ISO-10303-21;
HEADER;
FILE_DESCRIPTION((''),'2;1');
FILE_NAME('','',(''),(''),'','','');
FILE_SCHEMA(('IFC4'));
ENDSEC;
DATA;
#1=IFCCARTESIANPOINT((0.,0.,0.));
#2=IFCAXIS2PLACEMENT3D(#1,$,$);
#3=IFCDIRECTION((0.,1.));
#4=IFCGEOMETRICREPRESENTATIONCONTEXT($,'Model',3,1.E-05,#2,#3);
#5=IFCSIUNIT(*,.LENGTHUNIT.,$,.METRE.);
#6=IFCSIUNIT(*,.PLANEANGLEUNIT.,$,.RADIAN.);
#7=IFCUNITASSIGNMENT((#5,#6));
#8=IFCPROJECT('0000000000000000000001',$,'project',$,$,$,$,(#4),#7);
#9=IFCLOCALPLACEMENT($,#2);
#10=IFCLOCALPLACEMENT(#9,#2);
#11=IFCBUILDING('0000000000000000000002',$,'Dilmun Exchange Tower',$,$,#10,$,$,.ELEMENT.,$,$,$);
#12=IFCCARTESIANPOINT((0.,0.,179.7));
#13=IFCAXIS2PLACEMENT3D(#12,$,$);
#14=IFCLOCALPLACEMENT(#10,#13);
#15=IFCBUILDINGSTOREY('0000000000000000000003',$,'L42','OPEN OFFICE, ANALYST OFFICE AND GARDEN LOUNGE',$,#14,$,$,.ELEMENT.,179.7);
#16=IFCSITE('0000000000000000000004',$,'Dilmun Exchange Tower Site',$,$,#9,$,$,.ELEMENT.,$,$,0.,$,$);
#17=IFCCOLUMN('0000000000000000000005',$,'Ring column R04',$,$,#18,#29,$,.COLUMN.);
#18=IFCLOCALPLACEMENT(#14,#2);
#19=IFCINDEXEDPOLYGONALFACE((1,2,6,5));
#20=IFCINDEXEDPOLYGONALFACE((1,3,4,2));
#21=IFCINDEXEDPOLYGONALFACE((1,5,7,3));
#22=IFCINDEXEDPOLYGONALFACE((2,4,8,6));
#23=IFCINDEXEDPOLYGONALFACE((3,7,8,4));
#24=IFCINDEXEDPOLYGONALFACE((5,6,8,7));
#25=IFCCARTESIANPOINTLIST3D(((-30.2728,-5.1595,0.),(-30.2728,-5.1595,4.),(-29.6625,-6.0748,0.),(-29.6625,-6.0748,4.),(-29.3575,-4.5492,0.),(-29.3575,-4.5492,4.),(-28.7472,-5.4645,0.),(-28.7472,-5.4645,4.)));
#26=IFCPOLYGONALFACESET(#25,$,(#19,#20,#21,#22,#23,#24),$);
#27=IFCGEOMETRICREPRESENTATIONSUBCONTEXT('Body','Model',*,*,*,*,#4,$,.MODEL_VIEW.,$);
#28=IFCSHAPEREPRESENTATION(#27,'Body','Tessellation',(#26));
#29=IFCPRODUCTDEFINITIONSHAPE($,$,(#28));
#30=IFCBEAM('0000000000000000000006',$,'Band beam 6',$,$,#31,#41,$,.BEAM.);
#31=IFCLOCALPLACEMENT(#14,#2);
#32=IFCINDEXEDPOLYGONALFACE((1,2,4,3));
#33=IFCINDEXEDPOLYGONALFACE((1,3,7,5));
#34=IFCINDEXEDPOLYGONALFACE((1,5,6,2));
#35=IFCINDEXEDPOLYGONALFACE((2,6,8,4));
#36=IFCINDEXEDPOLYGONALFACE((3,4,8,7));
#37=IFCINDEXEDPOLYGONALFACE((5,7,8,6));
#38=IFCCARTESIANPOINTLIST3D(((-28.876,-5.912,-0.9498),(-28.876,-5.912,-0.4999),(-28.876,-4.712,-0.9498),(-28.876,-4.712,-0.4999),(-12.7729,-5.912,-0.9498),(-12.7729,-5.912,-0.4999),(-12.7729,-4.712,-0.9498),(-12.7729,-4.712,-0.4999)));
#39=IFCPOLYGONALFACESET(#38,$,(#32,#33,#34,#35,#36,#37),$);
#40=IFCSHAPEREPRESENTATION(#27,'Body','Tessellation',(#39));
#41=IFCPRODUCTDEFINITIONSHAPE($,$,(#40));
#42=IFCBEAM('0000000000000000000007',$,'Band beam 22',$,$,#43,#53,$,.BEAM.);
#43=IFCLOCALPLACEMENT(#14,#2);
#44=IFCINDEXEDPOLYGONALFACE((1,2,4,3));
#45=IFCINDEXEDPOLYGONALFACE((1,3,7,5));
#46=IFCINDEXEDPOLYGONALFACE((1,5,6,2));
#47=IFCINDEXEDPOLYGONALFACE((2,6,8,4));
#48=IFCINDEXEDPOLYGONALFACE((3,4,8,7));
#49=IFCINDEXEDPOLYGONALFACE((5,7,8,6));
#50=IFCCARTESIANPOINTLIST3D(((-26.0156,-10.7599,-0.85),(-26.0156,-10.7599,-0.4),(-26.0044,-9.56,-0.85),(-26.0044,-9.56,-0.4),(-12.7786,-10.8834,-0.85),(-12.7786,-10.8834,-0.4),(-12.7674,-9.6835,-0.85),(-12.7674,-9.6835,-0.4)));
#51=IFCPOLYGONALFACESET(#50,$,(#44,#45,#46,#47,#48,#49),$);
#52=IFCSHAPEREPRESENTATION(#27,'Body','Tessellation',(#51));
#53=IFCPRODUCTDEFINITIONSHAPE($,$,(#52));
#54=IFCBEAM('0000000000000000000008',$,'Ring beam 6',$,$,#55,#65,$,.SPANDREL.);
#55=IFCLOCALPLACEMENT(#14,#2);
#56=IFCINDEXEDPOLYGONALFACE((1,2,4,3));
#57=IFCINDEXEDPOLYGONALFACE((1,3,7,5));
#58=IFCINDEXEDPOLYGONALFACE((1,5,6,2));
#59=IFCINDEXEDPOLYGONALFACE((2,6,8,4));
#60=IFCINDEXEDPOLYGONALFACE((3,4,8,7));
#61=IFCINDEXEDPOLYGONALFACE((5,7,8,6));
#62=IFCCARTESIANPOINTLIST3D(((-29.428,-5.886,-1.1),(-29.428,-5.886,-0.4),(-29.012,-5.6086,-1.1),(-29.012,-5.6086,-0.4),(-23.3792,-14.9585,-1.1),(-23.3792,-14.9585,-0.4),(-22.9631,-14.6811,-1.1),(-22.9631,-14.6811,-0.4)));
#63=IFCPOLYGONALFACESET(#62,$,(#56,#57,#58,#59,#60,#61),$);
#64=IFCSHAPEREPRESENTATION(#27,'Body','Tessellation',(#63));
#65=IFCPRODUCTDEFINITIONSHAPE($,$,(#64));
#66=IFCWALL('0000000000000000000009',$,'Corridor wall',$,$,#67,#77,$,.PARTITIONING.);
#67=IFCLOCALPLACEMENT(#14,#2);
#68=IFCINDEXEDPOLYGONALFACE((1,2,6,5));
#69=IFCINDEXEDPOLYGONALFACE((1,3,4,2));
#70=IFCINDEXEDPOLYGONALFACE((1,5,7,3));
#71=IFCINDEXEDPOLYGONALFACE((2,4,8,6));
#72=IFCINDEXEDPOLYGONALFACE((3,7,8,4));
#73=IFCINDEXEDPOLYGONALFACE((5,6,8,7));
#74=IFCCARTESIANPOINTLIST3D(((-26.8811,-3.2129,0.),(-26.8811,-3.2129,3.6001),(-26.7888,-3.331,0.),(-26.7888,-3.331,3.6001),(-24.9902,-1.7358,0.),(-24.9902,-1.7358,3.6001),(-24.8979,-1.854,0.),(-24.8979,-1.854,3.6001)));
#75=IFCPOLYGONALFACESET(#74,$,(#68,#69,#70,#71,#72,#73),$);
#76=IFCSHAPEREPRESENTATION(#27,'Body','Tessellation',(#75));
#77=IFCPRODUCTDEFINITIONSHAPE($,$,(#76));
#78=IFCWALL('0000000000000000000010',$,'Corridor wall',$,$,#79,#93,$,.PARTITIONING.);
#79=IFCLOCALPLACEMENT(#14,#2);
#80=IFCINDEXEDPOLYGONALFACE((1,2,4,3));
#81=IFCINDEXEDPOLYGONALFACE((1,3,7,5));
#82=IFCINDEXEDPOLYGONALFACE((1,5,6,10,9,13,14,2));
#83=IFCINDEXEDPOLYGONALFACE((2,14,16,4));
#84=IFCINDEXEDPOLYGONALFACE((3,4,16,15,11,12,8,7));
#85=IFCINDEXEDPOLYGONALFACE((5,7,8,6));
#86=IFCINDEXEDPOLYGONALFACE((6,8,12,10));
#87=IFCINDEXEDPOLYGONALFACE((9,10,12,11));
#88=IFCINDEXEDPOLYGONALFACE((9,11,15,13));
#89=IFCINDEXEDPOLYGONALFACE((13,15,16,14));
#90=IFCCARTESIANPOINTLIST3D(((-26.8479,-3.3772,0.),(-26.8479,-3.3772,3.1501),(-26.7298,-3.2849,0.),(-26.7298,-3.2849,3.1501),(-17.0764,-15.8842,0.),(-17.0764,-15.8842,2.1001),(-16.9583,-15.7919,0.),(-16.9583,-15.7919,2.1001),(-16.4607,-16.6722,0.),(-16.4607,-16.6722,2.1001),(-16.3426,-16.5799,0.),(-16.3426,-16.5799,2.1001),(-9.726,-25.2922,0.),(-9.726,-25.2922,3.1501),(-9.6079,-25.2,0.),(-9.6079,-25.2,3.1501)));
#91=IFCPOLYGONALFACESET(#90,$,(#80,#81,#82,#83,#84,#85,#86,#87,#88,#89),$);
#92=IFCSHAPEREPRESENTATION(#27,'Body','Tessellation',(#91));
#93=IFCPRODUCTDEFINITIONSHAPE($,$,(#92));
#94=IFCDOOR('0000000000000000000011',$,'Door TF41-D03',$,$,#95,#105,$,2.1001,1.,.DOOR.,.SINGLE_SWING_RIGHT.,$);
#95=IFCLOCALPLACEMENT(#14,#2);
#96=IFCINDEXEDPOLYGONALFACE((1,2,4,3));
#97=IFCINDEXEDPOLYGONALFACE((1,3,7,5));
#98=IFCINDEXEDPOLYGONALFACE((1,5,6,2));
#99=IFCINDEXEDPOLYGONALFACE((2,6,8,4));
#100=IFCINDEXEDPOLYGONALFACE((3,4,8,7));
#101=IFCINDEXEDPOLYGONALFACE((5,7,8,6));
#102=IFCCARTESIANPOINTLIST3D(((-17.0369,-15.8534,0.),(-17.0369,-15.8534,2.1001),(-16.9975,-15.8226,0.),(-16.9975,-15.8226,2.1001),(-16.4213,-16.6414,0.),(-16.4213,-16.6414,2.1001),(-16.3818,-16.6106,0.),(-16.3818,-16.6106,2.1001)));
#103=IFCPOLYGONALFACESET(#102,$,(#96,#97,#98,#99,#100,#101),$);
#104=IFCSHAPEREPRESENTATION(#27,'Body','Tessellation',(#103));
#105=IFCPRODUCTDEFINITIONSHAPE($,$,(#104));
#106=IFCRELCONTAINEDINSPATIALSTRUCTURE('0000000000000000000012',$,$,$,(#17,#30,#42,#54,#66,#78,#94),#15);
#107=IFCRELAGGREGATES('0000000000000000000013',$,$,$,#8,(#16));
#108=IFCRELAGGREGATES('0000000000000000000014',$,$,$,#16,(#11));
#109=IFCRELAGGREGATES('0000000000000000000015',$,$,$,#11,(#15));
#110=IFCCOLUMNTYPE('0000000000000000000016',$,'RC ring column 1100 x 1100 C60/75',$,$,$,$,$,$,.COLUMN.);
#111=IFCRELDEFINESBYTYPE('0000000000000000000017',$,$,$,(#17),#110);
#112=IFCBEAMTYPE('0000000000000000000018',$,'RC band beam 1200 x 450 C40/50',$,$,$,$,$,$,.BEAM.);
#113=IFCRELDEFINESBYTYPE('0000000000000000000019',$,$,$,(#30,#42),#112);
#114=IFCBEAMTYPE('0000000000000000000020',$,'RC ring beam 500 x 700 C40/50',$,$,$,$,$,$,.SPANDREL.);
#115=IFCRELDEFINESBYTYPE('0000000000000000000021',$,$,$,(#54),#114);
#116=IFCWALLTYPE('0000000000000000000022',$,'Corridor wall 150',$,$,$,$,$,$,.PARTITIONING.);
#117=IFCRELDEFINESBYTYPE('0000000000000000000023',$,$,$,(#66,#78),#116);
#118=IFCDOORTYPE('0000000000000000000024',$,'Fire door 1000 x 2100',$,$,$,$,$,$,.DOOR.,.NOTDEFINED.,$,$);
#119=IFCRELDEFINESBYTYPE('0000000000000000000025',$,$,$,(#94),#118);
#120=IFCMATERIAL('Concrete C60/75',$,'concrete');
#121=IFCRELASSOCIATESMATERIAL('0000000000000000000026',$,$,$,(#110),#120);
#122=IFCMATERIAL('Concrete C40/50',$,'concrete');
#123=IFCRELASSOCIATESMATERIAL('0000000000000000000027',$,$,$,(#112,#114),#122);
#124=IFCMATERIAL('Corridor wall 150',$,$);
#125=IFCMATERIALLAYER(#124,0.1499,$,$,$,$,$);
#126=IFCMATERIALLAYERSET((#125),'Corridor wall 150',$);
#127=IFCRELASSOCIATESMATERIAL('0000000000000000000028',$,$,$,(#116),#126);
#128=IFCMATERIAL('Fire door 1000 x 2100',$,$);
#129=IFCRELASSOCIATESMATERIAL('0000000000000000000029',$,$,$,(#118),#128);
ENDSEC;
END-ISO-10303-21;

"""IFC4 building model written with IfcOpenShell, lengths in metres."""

from ifc_helpers import new_model, si_unit, direction, frame, frame_2d, origin, origin_2d, place, context, subcontext, project, spatial, rectangle, extrude, material, layer, layer_set, material_profile, profile_set, type_object, element, fill, save


model = new_model("IFC4")

# Units and contexts
model_context = context("Model", 3, precision=1e-05, world=origin(), true_north=direction((0.0, 1.0)))
body_context = subcontext(model_context, "Body", "Model", "MODEL_VIEW")
ifc_project = project(units=[si_unit("LENGTHUNIT", "METRE"), si_unit("PLANEANGLEUNIT", "RADIAN")], contexts=[model_context])

# Site, building, storey
site_placement = place(None, origin())
site = spatial("IfcSite", under=ifc_project, at=site_placement, Name="Dilmun Exchange Tower Site", CompositionType="ELEMENT", RefElevation=0.0)
building_placement = place(site_placement, origin())
building = spatial("IfcBuilding", under=site, at=building_placement, Name="Dilmun Exchange Tower", CompositionType="ELEMENT")
storey_placement = place(building_placement, frame((0.0, 0.0, 179.7)))
storey = spatial("IfcBuildingStorey", under=building, at=storey_placement, Name="L42", Description="OPEN OFFICE, ANALYST OFFICE AND GARDEN LOUNGE", CompositionType="ELEMENT", Elevation=179.7)

# Column
ifc_material_1 = material(Name="Concrete C60/75", Category="concrete")
ifc_material_profile_1 = material_profile(ifc_material_1, rectangle(XDim=1.1001, YDim=1.1001, at=origin_2d()), Name="1100 x 1100")
ifc_profile_set_1 = profile_set([ifc_material_profile_1], Name="Concrete C60/75")
column_type = type_object("IfcColumnType", Name="RC ring column 1100 x 1100 C60/75", PredefinedType="COLUMN", material=ifc_profile_set_1)
column_placement = place(storey_placement, frame((-29.51, -5.312, 0.0), z_axis=(0.0, 0.0, 1.0), x_axis=(0.832029, 0.554733, 0.0)))
element("IfcColumn", 1, at=column_placement, inside=storey, type_object=column_type, Name="Ring column R04", PredefinedType="COLUMN", context=body_context, shape_type="SweptSolid", body=[
    extrude(rectangle(XDim=1.1001, YDim=1.1001, at=origin_2d()), origin(), (0.0, 0.0, 1.0), 4.0),
])

# Beams
ifc_material_2 = material(Name="Concrete C40/50", Category="concrete")
ifc_material_profile_2 = material_profile(ifc_material_2, rectangle(XDim=1.2, YDim=0.45, at=origin_2d()), Name="1200 x 450")
ifc_profile_set_2 = profile_set([ifc_material_profile_2], Name="Concrete C40/50")
beam_type_1 = type_object("IfcBeamType", Name="RC band beam 1200 x 450 C40/50", PredefinedType="BEAM", material=ifc_profile_set_2)
beam_1_placement = place(storey_placement, frame((-28.876, -5.312, -0.7249), z_axis=(1.0, 0.0, 0.0), x_axis=(0.0, 1.0, 0.0)))
element("IfcBeam", 2, at=beam_1_placement, inside=storey, type_object=beam_type_1, Name="Band beam 6", PredefinedType="BEAM", context=body_context, shape_type="SweptSolid", body=[
    extrude(rectangle(XDim=1.2, YDim=0.45, at=origin_2d()), origin(), (0.0, 0.0, 1.0), 16.103),
])
beam_2_placement = place(storey_placement, frame((-26.01, -10.1599, -0.625), z_axis=(0.999956, -0.009332, 0.0), x_axis=(0.009332, 0.999956, 0.0)))
element("IfcBeam", 3, at=beam_2_placement, inside=storey, type_object=beam_type_1, Name="Band beam 22", PredefinedType="BEAM", context=body_context, shape_type="SweptSolid", body=[
    extrude(rectangle(XDim=1.2, YDim=0.45, at=origin_2d()), origin(), (0.0, 0.0, 1.0), 13.2375),
])
ifc_material_profile_3 = material_profile(ifc_material_2, rectangle(XDim=0.5, YDim=0.7, at=origin_2d()), Name="500 x 700")
ifc_profile_set_3 = profile_set([ifc_material_profile_3], Name="Concrete C40/50")
beam_type_2 = type_object("IfcBeamType", Name="RC ring beam 500 x 700 C40/50", PredefinedType="SPANDREL", material=ifc_profile_set_3)
beam_3_placement = place(storey_placement, frame((-29.22, -5.7473, -0.75), z_axis=(0.554731, -0.83203, 0.0), x_axis=(0.83203, 0.554731, 0.0)))
element("IfcBeam", 4, at=beam_3_placement, inside=storey, type_object=beam_type_2, Name="Ring beam 6", PredefinedType="SPANDREL", context=body_context, shape_type="SweptSolid", body=[
    extrude(rectangle(XDim=0.5, YDim=0.7, at=origin_2d()), origin(), (0.0, 0.0, 1.0), 10.9041),
])

# Wall
ifc_material_3 = material(Name="Corridor wall 150")
ifc_layer_1 = layer(ifc_material_3, 0.1499)
ifc_layer_set_1 = layer_set([ifc_layer_1], Name="Corridor wall 150")
wall_type_1 = type_object("IfcWallType", Name="Corridor wall 150", PredefinedType="PARTITIONING", material=ifc_layer_set_1)
wall_1_placement = place(storey_placement, frame((-26.835, -3.272, 0.0), z_axis=(0.0, 0.0, 1.0), x_axis=(0.788063, 0.615595, 0.0)))
element("IfcWall", 5, at=wall_1_placement, inside=storey, type_object=wall_type_1, Name="Corridor wall", PredefinedType="PARTITIONING", context=body_context, shape_type="SweptSolid", body=[
    extrude(rectangle(XDim=2.3994, YDim=0.1499, at=frame_2d((1.1997, 0.0))), origin(), (0.0, 0.0, 1.0), 3.6001),
])

# Wall, opening, door
wall_2_placement = place(storey_placement, frame((-26.7888, -3.3311, 0.0), z_axis=(0.0, 0.0, 1.0), x_axis=(0.61566, -0.788012, 0.0)))
wall_2 = element("IfcWall", 6, at=wall_2_placement, inside=storey, type_object=wall_type_1, Name="Corridor wall", PredefinedType="PARTITIONING", context=body_context, shape_type="SweptSolid", body=[
    extrude(rectangle(XDim=27.8105, YDim=0.1499, at=frame_2d((13.9053, 0.0))), origin(), (0.0, 0.0, 1.0), 3.1501),
])
opening_1_placement = place(wall_2_placement, frame((15.8716, 0.0, 0.0)))
opening_1 = element("IfcOpeningElement", 7, at=opening_1_placement, cuts=wall_2, PredefinedType="OPENING", context=body_context, shape_type="SweptSolid", body=[
    extrude(rectangle(XDim=1.0, YDim=2.1001, at=frame_2d((0.5, 1.05))), frame((0.0, 0.085, 0.0), z_axis=(0.0, -1.0, 0.0), x_axis=(1.0, 0.0, 0.0)), (0.0, 0.0, 1.0), 0.1699),
])
ifc_material_4 = material(Name="Fire door 1000 x 2100")
door_type = type_object("IfcDoorType", Name="Fire door 1000 x 2100", OperationType="NOTDEFINED", PredefinedType="DOOR", material=ifc_material_4)
door_placement = place(opening_1_placement, frame((1.0, 0.0, 0.0), z_axis=(0.0, 0.0, 1.0), x_axis=(-1.0, 0.0, 0.0)))
door = element("IfcDoor", 8, at=door_placement, inside=storey, type_object=door_type, Name="Door TF41-D03", OperationType="SINGLE_SWING_RIGHT", OverallHeight=2.1001, OverallWidth=1.0, PredefinedType="DOOR", context=body_context, shape_type="SweptSolid", body=[
    extrude(rectangle(XDim=1.0, YDim=2.1001, at=frame_2d((0.5, 1.05))), frame((0.0, 0.0249, 0.0), z_axis=(0.0, -1.0, 0.0), x_axis=(1.0, 0.0, 0.0)), (0.0, 0.0, 1.0), 0.05),
])
fill(opening_1, door)

save(model, "model.ifc")
